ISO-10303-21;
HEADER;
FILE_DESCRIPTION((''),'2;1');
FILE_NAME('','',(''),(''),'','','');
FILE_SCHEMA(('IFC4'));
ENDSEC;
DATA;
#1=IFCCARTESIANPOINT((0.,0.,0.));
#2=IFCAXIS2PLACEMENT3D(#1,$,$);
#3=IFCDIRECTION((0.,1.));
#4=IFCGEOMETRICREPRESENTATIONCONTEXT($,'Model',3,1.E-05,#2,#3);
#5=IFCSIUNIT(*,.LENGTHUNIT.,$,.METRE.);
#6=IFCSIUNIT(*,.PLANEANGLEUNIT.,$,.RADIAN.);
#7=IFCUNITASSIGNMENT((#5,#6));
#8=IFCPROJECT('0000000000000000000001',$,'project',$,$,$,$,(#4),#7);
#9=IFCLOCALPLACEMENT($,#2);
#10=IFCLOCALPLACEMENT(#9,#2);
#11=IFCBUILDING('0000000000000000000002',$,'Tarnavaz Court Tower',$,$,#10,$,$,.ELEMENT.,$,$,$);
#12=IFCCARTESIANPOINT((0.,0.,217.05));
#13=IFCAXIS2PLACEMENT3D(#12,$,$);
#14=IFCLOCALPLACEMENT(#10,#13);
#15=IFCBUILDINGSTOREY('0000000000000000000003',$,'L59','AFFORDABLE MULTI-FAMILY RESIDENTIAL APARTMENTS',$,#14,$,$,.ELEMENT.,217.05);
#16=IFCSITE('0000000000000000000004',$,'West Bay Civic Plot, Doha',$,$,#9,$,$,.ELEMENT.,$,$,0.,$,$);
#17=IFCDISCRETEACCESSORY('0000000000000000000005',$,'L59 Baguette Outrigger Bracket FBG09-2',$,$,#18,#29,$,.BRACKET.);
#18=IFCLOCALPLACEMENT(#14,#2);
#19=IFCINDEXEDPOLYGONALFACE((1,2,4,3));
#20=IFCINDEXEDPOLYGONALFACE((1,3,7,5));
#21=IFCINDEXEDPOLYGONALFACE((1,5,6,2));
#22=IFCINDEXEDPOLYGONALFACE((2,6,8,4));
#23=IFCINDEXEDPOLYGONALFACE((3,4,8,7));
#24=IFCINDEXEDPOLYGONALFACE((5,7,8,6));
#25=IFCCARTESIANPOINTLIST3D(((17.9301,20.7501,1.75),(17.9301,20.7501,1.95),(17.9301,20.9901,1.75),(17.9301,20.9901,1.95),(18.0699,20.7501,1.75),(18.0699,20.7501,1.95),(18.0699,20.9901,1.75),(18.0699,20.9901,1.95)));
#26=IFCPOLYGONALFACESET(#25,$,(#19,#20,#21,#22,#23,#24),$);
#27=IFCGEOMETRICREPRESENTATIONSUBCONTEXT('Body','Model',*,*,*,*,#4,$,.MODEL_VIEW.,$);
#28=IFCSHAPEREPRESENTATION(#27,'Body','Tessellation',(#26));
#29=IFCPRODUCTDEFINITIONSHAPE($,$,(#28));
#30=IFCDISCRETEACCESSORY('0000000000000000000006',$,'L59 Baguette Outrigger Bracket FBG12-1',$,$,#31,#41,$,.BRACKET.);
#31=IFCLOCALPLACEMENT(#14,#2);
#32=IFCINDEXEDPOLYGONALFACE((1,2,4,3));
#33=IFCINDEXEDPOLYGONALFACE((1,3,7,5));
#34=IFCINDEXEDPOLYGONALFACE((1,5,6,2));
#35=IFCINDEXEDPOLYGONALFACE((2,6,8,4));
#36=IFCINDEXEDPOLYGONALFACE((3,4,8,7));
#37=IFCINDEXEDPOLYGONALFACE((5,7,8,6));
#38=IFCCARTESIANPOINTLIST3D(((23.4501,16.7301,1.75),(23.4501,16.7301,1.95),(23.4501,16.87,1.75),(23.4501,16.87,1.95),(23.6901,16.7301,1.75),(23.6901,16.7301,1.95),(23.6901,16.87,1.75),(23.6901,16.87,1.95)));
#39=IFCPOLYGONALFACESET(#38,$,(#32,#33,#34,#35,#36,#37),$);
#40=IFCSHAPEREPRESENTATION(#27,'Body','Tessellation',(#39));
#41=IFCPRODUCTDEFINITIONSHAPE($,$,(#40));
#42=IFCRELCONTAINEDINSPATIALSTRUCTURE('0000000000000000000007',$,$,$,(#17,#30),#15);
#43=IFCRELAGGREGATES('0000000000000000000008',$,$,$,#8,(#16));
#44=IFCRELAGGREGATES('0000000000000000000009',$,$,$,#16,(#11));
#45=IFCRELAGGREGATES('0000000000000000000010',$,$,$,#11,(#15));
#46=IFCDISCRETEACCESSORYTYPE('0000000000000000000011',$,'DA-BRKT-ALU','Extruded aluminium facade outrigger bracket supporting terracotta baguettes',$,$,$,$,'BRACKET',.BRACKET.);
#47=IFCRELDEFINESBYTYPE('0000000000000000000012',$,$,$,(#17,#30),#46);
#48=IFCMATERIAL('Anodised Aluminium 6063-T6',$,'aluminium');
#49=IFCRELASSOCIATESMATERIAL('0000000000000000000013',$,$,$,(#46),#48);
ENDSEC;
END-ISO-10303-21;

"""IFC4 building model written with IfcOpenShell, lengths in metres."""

from ifc_helpers import new_model, si_unit, direction, frame, origin, origin_2d, place, context, subcontext, project, spatial, rectangle, extrude, material, type_object, element, save


model = new_model("IFC4")

# Units and contexts
model_context = context("Model", 3, precision=1e-05, world=origin(), true_north=direction((0.0, 1.0)))
body_context = subcontext(model_context, "Body", "Model", "MODEL_VIEW")
ifc_project = project(units=[si_unit("LENGTHUNIT", "METRE"), si_unit("PLANEANGLEUNIT", "RADIAN")], contexts=[model_context])

# Site, building, storey
site_placement = place(None, origin())
site = spatial("IfcSite", under=ifc_project, at=site_placement, Name="West Bay Civic Plot, Doha", CompositionType="ELEMENT", RefElevation=0.0)
building_placement = place(site_placement, origin())
building = spatial("IfcBuilding", under=site, at=building_placement, Name="Tarnavaz Court Tower", CompositionType="ELEMENT")
storey_placement = place(building_placement, frame((0.0, 0.0, 217.05)))
storey = spatial("IfcBuildingStorey", under=building, at=storey_placement, Name="L59", Description="AFFORDABLE MULTI-FAMILY RESIDENTIAL APARTMENTS", CompositionType="ELEMENT", Elevation=217.05)

# Discrete accessories
ifc_material_1 = material(Name="Anodised Aluminium 6063-T6", Category="aluminium")
discrete_accessory_type = type_object("IfcDiscreteAccessoryType", Name="DA-BRKT-ALU", Description="Extruded aluminium facade outrigger bracket supporting terracotta baguettes", ElementType="BRACKET", PredefinedType="BRACKET", material=ifc_material_1)
for number, where, z_axis, x_axis, name in (
    (1, (18.0, 20.8701, 1.75), (0.0, 0.0, 1.0), (1.0, 0.0, 0.0), "L59 Baguette Outrigger Bracket FBG09-2"),
    (2, (23.5701, 16.8, 1.75), (0.0, 0.0, 1.0), (0.0, -1.0, 0.0), "L59 Baguette Outrigger Bracket FBG12-1"),
):
    element("IfcDiscreteAccessory", number, at=place(storey_placement, frame(where, z_axis=z_axis, x_axis=x_axis)), inside=storey, type_object=discrete_accessory_type, Name=name, PredefinedType="BRACKET", context=body_context, shape_type="SweptSolid", body=[
        extrude(rectangle(XDim=0.1399, YDim=0.24, at=origin_2d()), origin(), (0.0, 0.0, 1.0), 0.2),
    ])

save(model, "model.ifc")
